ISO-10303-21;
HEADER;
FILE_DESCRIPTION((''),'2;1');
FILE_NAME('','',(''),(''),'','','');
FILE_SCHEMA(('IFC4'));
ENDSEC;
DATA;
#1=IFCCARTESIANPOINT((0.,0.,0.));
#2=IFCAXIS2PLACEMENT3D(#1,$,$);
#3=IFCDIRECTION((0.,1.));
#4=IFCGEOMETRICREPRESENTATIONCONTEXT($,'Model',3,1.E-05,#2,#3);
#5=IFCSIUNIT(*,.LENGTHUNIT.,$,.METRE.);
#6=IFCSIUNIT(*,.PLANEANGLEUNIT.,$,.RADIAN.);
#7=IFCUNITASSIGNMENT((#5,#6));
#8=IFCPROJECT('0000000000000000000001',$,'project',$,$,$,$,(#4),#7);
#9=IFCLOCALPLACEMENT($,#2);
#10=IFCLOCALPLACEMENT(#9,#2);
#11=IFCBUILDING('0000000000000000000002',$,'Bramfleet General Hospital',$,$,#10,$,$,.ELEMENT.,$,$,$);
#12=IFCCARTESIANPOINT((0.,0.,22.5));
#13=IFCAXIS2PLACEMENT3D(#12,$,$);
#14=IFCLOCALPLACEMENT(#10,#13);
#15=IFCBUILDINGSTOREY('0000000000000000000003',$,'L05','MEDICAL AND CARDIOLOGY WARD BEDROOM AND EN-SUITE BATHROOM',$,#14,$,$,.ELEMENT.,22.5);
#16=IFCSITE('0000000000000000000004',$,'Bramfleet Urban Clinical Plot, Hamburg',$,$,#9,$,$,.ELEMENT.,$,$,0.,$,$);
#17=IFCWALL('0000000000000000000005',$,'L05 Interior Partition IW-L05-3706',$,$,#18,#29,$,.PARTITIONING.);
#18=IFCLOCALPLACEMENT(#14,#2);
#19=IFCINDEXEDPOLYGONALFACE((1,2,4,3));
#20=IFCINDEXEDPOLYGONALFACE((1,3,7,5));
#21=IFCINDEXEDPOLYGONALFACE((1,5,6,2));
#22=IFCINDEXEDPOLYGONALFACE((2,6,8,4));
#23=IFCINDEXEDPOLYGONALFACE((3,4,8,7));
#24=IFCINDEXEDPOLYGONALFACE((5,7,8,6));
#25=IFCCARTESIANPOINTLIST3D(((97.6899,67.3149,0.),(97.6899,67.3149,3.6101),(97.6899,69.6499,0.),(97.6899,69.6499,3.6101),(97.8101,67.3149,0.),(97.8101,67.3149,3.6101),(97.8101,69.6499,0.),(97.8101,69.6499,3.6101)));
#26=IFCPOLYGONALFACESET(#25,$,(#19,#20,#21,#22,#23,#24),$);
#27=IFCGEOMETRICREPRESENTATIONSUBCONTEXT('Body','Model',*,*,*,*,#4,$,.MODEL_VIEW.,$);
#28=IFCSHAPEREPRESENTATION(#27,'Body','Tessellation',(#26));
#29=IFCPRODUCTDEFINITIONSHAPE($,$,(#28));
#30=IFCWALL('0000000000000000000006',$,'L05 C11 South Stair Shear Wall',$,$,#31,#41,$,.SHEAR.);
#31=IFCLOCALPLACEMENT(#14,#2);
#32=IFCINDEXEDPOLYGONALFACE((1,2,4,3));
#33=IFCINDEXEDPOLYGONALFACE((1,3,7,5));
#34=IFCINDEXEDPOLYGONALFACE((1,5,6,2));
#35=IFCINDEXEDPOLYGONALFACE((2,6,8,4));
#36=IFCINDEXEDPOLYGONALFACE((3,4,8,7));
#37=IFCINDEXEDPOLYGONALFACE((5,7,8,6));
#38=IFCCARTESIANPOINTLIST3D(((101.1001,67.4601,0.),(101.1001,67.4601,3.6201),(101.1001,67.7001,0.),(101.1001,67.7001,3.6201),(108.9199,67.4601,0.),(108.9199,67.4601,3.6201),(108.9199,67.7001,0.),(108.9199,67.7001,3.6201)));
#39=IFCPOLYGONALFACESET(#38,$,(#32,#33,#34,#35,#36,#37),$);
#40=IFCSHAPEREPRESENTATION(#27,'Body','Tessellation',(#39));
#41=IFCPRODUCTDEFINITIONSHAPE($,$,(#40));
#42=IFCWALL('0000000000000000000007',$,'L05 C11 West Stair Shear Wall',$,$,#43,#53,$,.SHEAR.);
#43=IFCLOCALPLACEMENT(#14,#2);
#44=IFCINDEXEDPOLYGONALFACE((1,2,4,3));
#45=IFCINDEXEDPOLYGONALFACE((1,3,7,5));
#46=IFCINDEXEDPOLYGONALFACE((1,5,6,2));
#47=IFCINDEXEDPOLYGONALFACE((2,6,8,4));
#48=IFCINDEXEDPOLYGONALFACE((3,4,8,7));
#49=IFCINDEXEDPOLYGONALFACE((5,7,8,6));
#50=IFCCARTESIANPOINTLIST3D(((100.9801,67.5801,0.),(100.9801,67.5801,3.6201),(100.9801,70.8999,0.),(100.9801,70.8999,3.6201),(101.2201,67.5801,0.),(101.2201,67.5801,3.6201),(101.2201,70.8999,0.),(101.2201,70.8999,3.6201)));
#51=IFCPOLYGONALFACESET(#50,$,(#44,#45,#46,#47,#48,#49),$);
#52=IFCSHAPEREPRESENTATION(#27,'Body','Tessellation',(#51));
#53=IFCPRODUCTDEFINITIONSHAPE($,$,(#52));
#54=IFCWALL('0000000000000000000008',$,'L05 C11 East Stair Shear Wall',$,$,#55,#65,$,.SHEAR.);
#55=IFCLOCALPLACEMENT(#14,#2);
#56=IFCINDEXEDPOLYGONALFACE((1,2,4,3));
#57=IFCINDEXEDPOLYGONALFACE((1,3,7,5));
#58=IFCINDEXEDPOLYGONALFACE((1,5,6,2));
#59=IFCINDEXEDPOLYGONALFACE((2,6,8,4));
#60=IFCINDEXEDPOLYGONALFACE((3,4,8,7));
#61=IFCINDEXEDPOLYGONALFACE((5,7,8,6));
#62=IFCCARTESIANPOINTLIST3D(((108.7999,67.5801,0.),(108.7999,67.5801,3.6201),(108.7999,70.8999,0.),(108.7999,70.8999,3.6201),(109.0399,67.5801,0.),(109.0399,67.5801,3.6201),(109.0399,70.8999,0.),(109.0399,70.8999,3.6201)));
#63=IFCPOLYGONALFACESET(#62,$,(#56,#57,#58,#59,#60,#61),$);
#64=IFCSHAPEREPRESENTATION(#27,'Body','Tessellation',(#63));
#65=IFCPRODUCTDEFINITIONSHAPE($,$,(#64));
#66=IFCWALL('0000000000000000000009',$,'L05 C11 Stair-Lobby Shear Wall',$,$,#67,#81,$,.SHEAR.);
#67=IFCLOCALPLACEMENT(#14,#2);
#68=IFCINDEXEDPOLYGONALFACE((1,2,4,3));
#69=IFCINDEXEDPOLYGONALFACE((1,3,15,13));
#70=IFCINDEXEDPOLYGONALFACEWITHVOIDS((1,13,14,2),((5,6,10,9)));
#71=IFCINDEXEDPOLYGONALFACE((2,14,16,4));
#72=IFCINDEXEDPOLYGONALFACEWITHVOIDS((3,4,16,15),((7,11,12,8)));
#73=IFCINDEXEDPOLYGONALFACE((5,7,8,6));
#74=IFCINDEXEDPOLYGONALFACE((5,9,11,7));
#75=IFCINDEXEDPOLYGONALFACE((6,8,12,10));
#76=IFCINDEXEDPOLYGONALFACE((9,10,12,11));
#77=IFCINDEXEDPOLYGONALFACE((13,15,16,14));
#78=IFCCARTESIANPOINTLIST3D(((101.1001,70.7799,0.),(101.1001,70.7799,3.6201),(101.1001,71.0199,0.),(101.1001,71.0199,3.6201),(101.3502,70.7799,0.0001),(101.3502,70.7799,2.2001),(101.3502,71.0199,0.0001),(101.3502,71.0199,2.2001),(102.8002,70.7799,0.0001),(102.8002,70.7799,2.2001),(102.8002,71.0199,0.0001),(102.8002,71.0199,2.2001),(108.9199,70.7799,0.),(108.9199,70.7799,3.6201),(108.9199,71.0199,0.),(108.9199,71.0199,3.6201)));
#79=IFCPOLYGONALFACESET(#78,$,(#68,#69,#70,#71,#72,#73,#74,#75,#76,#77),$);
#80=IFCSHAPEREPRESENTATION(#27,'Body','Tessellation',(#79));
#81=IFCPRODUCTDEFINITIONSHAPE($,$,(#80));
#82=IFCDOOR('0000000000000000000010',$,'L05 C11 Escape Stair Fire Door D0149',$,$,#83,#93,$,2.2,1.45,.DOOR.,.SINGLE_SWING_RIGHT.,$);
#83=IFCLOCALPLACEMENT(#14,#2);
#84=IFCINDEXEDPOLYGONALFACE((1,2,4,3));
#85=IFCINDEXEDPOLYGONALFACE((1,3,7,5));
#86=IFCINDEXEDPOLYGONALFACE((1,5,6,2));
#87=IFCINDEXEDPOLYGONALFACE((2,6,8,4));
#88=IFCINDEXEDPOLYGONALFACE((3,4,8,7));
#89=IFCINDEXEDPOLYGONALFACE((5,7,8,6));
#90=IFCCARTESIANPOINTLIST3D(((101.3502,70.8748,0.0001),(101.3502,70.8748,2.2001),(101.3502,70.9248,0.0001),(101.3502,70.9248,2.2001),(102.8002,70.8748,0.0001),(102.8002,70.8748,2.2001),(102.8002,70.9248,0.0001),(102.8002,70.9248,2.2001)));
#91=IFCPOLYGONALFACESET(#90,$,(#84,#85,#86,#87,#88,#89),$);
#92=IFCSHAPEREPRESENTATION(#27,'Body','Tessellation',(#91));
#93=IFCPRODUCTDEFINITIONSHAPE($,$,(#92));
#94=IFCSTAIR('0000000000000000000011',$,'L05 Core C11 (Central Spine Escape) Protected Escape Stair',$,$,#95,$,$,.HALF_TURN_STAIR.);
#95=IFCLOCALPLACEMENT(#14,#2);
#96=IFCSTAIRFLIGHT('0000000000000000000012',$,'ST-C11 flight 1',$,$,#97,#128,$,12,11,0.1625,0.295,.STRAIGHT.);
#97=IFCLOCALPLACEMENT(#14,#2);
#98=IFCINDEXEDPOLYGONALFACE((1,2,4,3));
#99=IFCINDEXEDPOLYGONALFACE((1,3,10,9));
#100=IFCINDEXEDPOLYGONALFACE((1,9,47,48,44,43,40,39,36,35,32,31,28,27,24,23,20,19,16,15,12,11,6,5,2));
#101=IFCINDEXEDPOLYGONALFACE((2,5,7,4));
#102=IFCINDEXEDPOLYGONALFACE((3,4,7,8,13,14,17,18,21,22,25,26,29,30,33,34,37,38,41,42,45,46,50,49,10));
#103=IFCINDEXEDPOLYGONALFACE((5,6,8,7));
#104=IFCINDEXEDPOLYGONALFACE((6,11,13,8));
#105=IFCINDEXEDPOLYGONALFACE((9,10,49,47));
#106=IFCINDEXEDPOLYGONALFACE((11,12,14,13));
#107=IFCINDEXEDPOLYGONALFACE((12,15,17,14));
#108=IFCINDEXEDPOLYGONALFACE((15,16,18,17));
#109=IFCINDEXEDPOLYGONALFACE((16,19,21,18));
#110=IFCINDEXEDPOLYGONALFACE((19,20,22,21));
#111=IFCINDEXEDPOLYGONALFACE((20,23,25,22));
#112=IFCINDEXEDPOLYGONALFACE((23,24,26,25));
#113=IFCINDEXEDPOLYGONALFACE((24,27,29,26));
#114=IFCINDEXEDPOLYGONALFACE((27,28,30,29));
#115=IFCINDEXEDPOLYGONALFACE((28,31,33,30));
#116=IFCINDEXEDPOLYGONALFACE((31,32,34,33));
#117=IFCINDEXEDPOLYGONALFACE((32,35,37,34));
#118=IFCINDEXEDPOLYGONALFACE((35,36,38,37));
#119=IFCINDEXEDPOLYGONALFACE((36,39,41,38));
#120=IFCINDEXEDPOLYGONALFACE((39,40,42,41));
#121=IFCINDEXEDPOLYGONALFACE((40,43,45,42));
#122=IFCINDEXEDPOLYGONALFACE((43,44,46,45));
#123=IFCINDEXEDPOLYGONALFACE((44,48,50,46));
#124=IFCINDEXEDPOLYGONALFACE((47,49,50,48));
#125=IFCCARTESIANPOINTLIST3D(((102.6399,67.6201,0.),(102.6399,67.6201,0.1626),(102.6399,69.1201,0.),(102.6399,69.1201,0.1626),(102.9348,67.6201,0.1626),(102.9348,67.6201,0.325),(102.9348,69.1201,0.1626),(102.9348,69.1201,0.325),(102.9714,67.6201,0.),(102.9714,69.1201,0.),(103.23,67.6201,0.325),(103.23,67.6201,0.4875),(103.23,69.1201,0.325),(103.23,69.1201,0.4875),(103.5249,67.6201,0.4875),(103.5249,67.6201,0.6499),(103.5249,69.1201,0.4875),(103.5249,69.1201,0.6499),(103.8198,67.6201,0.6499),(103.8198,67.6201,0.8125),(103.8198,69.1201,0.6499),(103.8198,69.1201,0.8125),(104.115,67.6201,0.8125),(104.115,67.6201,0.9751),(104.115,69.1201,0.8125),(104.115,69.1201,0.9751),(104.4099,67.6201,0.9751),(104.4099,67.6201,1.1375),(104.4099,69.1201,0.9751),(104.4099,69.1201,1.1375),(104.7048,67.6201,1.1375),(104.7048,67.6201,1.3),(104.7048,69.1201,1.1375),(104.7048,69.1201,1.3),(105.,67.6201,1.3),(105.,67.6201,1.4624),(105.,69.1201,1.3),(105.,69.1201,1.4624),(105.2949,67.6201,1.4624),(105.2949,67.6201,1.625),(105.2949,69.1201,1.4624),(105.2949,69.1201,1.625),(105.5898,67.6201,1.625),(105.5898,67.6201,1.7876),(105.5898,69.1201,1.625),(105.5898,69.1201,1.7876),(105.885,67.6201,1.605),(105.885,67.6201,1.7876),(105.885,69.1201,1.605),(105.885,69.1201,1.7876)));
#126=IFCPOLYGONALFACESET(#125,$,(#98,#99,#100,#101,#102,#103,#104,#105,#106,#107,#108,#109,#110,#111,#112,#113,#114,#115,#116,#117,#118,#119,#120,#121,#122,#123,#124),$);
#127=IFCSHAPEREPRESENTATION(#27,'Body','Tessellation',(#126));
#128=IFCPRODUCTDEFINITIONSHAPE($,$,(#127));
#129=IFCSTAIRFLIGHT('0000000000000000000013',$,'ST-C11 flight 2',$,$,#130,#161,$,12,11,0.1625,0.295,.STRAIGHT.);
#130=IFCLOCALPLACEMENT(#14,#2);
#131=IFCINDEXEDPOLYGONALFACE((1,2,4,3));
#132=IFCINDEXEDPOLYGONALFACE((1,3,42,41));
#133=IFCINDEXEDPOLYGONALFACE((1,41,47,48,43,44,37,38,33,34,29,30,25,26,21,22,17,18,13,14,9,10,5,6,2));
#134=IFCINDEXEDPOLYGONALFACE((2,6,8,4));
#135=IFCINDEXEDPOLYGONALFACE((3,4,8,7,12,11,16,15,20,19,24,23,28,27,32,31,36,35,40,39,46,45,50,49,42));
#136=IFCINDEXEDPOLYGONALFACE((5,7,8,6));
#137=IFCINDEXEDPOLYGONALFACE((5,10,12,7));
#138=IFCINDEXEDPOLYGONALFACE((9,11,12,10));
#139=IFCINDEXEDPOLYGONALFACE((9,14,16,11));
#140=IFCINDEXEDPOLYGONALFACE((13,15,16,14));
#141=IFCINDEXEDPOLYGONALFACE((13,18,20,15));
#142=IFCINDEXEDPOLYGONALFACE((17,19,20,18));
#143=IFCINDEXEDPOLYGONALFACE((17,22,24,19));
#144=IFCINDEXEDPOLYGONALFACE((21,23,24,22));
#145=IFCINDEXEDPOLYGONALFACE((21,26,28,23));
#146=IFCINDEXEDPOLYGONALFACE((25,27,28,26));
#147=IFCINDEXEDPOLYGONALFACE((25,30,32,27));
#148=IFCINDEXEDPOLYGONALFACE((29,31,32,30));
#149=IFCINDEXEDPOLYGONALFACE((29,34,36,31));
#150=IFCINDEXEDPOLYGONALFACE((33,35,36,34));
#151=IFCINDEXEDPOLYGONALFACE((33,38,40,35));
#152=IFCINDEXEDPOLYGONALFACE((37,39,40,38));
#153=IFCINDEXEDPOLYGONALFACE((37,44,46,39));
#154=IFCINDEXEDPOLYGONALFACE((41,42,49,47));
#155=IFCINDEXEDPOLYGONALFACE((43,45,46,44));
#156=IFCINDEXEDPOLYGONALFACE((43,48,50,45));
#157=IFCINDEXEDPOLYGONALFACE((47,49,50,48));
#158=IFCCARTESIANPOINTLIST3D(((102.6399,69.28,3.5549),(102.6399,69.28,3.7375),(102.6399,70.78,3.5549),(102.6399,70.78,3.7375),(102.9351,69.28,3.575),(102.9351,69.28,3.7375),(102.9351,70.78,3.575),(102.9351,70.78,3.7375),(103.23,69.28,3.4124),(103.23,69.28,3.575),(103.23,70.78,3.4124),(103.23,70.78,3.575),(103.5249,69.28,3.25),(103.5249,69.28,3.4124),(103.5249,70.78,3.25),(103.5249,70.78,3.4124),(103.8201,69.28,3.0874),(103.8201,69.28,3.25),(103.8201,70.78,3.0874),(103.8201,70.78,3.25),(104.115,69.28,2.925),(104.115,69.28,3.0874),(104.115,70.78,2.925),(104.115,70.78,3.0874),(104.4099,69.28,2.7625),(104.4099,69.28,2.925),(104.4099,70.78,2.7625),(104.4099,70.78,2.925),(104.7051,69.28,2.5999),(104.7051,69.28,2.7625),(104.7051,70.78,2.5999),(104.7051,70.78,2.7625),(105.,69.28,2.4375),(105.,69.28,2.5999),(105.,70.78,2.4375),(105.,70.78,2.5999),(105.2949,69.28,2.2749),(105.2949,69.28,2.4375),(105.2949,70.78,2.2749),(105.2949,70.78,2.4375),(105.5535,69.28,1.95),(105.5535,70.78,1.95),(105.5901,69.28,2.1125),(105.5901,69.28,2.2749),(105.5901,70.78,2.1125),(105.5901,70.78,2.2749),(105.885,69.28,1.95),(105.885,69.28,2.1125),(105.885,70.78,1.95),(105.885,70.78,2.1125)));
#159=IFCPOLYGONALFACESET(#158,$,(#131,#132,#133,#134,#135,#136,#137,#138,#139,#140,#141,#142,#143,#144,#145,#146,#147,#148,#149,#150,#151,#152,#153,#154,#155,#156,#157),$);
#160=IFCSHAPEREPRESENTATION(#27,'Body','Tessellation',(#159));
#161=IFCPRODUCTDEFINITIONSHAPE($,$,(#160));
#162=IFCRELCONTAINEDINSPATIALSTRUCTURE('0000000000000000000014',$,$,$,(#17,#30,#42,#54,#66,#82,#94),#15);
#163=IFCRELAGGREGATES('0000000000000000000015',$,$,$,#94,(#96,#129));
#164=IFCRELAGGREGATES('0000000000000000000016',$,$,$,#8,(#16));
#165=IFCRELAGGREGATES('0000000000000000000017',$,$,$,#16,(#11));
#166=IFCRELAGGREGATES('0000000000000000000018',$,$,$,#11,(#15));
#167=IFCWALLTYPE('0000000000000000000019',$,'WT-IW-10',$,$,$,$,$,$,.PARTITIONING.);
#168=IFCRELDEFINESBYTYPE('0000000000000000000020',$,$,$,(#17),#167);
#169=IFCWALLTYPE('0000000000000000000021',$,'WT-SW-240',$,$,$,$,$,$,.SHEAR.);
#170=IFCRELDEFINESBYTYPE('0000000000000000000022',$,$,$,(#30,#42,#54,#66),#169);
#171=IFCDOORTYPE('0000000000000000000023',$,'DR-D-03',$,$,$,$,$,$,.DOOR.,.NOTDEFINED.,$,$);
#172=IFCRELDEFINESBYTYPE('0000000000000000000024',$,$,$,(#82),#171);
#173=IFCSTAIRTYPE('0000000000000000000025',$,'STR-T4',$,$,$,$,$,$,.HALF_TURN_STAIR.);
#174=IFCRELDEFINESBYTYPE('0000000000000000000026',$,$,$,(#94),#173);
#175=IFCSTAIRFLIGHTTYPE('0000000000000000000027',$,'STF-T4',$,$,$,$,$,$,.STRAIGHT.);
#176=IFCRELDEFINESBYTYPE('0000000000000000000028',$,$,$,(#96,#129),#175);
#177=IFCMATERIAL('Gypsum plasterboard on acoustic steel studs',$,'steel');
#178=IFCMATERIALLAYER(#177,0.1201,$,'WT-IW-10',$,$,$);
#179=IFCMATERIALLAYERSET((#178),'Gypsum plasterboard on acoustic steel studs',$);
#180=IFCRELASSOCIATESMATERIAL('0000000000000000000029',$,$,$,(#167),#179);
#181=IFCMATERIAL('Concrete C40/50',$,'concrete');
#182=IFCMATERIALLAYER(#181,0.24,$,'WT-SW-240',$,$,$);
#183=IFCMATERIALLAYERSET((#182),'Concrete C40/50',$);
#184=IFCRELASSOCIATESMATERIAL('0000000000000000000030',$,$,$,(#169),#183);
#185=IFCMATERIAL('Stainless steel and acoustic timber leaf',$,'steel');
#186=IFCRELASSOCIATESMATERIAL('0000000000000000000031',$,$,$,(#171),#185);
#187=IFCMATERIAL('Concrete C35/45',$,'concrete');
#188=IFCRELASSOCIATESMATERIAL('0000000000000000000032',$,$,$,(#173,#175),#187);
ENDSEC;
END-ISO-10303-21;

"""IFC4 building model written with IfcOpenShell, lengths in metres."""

from ifc_helpers import new_model, si_unit, direction, frame, frame_2d, origin, place, context, subcontext, project, spatial, polyline, rectangle, outline, extrude, material, layer, layer_set, type_object, element, fill, aggregate, save


model = new_model("IFC4")

# Units and contexts
model_context = context("Model", 3, precision=1e-05, world=origin(), true_north=direction((0.0, 1.0)))
body_context = subcontext(model_context, "Body", "Model", "MODEL_VIEW")
ifc_project = project(units=[si_unit("LENGTHUNIT", "METRE"), si_unit("PLANEANGLEUNIT", "RADIAN")], contexts=[model_context])

# Site, building, storey
site_placement = place(None, origin())
site = spatial("IfcSite", under=ifc_project, at=site_placement, Name="Bramfleet Urban Clinical Plot, Hamburg", CompositionType="ELEMENT", RefElevation=0.0)
building_placement = place(site_placement, origin())
building = spatial("IfcBuilding", under=site, at=building_placement, Name="Bramfleet General Hospital", CompositionType="ELEMENT")
storey_placement = place(building_placement, frame((0.0, 0.0, 22.5)))
storey = spatial("IfcBuildingStorey", under=building, at=storey_placement, Name="L05", Description="MEDICAL AND CARDIOLOGY WARD BEDROOM AND EN-SUITE BATHROOM", CompositionType="ELEMENT", Elevation=22.5)

# Shared definitions
ifc_material_1 = material(Name="Concrete C40/50", Category="concrete")

# Shared definitions
ifc_material_2 = material(Name="Concrete C35/45", Category="concrete")

# Shared definitions
ifc_material_3 = material(Name="Stainless steel and acoustic timber leaf", Category="steel")

# Walls
ifc_material_4 = material(Name="Gypsum plasterboard on acoustic steel studs", Category="steel")
ifc_layer_1 = layer(ifc_material_4, 0.1201, Name="WT-IW-10")
ifc_layer_set_1 = layer_set([ifc_layer_1], Name="Gypsum plasterboard on acoustic steel studs")
wall_type_1 = type_object("IfcWallType", Name="WT-IW-10", PredefinedType="PARTITIONING", material=ifc_layer_set_1)
wall_1_placement = place(storey_placement, frame((97.75, 67.3149, 0.0), z_axis=(0.0, 0.0, 1.0), x_axis=(0.0, 1.0, 0.0)))
element("IfcWall", 1, at=wall_1_placement, inside=storey, type_object=wall_type_1, Name="L05 Interior Partition IW-L05-3706", PredefinedType="PARTITIONING", context=body_context, shape_type="SweptSolid", body=[
    extrude(rectangle(XDim=2.335, YDim=0.1201, at=frame_2d((1.1675, 0.0))), origin(), (0.0, 0.0, 1.0), 3.6101),
])
ifc_layer_2 = layer(ifc_material_1, 0.24, Name="WT-SW-240")
ifc_layer_set_2 = layer_set([ifc_layer_2], Name="Concrete C40/50")
wall_type_2 = type_object("IfcWallType", Name="WT-SW-240", PredefinedType="SHEAR", material=ifc_layer_set_2)
wall_2_placement = place(storey_placement, frame((101.1001, 67.5801, 0.0), z_axis=(0.0, 0.0, 1.0), x_axis=(1.0, 0.0, 0.0)))
element("IfcWall", 2, at=wall_2_placement, inside=storey, type_object=wall_type_2, Name="L05 C11 South Stair Shear Wall", PredefinedType="SHEAR", context=body_context, shape_type="SweptSolid", body=[
    extrude(rectangle(XDim=7.8198, YDim=0.24, at=frame_2d((3.9099, 0.0))), origin(), (0.0, 0.0, 1.0), 3.6201),
])
for number, where, z_axis, x_axis, name in (
    (3, (101.1001, 67.5801, 0.0), (0.0, 0.0, 1.0), (0.0, 1.0, 0.0), "L05 C11 West Stair Shear Wall"),
    (4, (108.9199, 67.5801, 0.0), (0.0, 0.0, 1.0), (0.0, 1.0, 0.0), "L05 C11 East Stair Shear Wall"),
):
    element("IfcWall", number, at=place(storey_placement, frame(where, z_axis=z_axis, x_axis=x_axis)), inside=storey, type_object=wall_type_2, Name=name, PredefinedType="SHEAR", context=body_context, shape_type="SweptSolid", body=[
        extrude(rectangle(XDim=3.3198, YDim=0.24, at=frame_2d((1.6599, 0.0))), origin(), (0.0, 0.0, 1.0), 3.6201),
    ])

# Wall, opening, door
wall_3_placement = place(storey_placement, frame((101.1001, 70.8999, 0.0), z_axis=(0.0, 0.0, 1.0), x_axis=(1.0, 0.0, 0.0)))
wall_3 = element("IfcWall", 5, at=wall_3_placement, inside=storey, type_object=wall_type_2, Name="L05 C11 Stair-Lobby Shear Wall", PredefinedType="SHEAR", context=body_context, shape_type="SweptSolid", body=[
    extrude(rectangle(XDim=7.8198, YDim=0.24, at=frame_2d((3.9099, 0.0))), origin(), (0.0, 0.0, 1.0), 3.6201),
])
opening_1_placement = place(wall_3_placement, frame((0.25, 0.0, 0.0)))
opening_1 = element("IfcOpeningElement", 6, at=opening_1_placement, cuts=wall_3, PredefinedType="OPENING", context=body_context, shape_type="SweptSolid", body=[
    extrude(rectangle(XDim=1.45, YDim=2.2, at=frame_2d((0.7251, 1.1001))), frame((0.0, 0.1299, 0.0), z_axis=(0.0, -1.0, 0.0), x_axis=(1.0, 0.0, 0.0)), (0.0, 0.0, 1.0), 0.26),
])
door_type_1 = type_object("IfcDoorType", Name="DR-D-03", OperationType="NOTDEFINED", PredefinedType="DOOR", material=ifc_material_3)
door_1_placement = place(opening_1_placement, origin())
door_1 = element("IfcDoor", 7, at=door_1_placement, inside=storey, type_object=door_type_1, Name="L05 C11 Escape Stair Fire Door D0149", OperationType="SINGLE_SWING_RIGHT", OverallHeight=2.2, OverallWidth=1.45, PredefinedType="DOOR", context=body_context, shape_type="SweptSolid", body=[
    extrude(rectangle(XDim=1.45, YDim=2.2, at=frame_2d((0.7251, 1.1001))), frame((0.0, 0.0249, 0.0), z_axis=(0.0, -1.0, 0.0), x_axis=(1.0, 0.0, 0.0)), (0.0, 0.0, 1.0), 0.05),
])
fill(opening_1, door_1)

# Stair, stair flights
stair_type = type_object("IfcStairType", Name="STR-T4", PredefinedType="HALF_TURN_STAIR", material=ifc_material_2)
stair_placement = place(storey_placement, origin())
stair = element("IfcStair", 8, at=stair_placement, inside=storey, type_object=stair_type, Name="L05 Core C11 (Central Spine Escape) Protected Escape Stair", PredefinedType="HALF_TURN_STAIR")
stair_flight_type = type_object("IfcStairFlightType", Name="STF-T4", PredefinedType="STRAIGHT", material=ifc_material_2)
stair_flight_1_placement = place(storey_placement, frame((102.6399, 68.3701, 0.0), z_axis=(0.0, 0.0, 1.0), x_axis=(1.0, 0.0, 0.0)))
stair_flight_1 = element("IfcStairFlight", 9, at=stair_flight_1_placement, type_object=stair_flight_type, Name="ST-C11 flight 1", NumberOfRisers=12, NumberOfTreads=11, PredefinedType="STRAIGHT", RiserHeight=0.1625, TreadLength=0.295, context=body_context, shape_type="SweptSolid", body=[
    extrude(outline(polyline([(0.0, 0.0), (0.0, 0.1626), (0.2949, 0.1626), (0.2949, 0.325), (0.5901, 0.325), (0.5901, 0.4875), (0.885, 0.4875), (0.885, 0.6499), (1.1799, 0.6499), (1.1799, 0.8125), (1.4751, 0.8125), (1.4751, 0.9751), (1.77, 0.9751), (1.77, 1.1375), (2.0649, 1.1375), (2.0649, 1.3), (2.3601, 1.3), (2.3601, 1.4624), (2.655, 1.4624), (2.655, 1.625), (2.95, 1.625), (2.95, 1.7876), (3.2451, 1.7876), (3.2451, 1.95), (3.2451, 1.605), (0.3315, 0.0), (0.0, 0.0)])), frame((0.0, 0.75, 0.0), z_axis=(0.0, -1.0, 0.0), x_axis=(1.0, 0.0, 0.0)), (0.0, 0.0, 1.0), 1.5),
])
stair_flight_2_placement = place(storey_placement, frame((105.885, 70.03, 1.95), z_axis=(0.0, 0.0, 1.0), x_axis=(-1.0, 0.0, 0.0)))
stair_flight_2 = element("IfcStairFlight", 10, at=stair_flight_2_placement, type_object=stair_flight_type, Name="ST-C11 flight 2", NumberOfRisers=12, NumberOfTreads=11, PredefinedType="STRAIGHT", RiserHeight=0.1625, TreadLength=0.295, context=body_context, shape_type="SweptSolid", body=[
    extrude(outline(polyline([(0.0, 0.0), (0.0, 0.1626), (0.2949, 0.1626), (0.2949, 0.325), (0.5901, 0.325), (0.5901, 0.4875), (0.885, 0.4875), (0.885, 0.6499), (1.1799, 0.6499), (1.1799, 0.8125), (1.4751, 0.8125), (1.4751, 0.9751), (1.77, 0.9751), (1.77, 1.1375), (2.0649, 1.1375), (2.0649, 1.3), (2.3601, 1.3), (2.3601, 1.4624), (2.655, 1.4624), (2.655, 1.625), (2.95, 1.625), (2.95, 1.7876), (3.2451, 1.7876), (3.2451, 1.95), (3.2451, 1.605), (0.3315, 0.0), (0.0, 0.0)])), frame((0.0, 0.75, 0.0), z_axis=(0.0, -1.0, 0.0), x_axis=(1.0, 0.0, 0.0)), (0.0, 0.0, 1.0), 1.5),
])
aggregate(stair, [stair_flight_1, stair_flight_2])

save(model, "model.ifc")
